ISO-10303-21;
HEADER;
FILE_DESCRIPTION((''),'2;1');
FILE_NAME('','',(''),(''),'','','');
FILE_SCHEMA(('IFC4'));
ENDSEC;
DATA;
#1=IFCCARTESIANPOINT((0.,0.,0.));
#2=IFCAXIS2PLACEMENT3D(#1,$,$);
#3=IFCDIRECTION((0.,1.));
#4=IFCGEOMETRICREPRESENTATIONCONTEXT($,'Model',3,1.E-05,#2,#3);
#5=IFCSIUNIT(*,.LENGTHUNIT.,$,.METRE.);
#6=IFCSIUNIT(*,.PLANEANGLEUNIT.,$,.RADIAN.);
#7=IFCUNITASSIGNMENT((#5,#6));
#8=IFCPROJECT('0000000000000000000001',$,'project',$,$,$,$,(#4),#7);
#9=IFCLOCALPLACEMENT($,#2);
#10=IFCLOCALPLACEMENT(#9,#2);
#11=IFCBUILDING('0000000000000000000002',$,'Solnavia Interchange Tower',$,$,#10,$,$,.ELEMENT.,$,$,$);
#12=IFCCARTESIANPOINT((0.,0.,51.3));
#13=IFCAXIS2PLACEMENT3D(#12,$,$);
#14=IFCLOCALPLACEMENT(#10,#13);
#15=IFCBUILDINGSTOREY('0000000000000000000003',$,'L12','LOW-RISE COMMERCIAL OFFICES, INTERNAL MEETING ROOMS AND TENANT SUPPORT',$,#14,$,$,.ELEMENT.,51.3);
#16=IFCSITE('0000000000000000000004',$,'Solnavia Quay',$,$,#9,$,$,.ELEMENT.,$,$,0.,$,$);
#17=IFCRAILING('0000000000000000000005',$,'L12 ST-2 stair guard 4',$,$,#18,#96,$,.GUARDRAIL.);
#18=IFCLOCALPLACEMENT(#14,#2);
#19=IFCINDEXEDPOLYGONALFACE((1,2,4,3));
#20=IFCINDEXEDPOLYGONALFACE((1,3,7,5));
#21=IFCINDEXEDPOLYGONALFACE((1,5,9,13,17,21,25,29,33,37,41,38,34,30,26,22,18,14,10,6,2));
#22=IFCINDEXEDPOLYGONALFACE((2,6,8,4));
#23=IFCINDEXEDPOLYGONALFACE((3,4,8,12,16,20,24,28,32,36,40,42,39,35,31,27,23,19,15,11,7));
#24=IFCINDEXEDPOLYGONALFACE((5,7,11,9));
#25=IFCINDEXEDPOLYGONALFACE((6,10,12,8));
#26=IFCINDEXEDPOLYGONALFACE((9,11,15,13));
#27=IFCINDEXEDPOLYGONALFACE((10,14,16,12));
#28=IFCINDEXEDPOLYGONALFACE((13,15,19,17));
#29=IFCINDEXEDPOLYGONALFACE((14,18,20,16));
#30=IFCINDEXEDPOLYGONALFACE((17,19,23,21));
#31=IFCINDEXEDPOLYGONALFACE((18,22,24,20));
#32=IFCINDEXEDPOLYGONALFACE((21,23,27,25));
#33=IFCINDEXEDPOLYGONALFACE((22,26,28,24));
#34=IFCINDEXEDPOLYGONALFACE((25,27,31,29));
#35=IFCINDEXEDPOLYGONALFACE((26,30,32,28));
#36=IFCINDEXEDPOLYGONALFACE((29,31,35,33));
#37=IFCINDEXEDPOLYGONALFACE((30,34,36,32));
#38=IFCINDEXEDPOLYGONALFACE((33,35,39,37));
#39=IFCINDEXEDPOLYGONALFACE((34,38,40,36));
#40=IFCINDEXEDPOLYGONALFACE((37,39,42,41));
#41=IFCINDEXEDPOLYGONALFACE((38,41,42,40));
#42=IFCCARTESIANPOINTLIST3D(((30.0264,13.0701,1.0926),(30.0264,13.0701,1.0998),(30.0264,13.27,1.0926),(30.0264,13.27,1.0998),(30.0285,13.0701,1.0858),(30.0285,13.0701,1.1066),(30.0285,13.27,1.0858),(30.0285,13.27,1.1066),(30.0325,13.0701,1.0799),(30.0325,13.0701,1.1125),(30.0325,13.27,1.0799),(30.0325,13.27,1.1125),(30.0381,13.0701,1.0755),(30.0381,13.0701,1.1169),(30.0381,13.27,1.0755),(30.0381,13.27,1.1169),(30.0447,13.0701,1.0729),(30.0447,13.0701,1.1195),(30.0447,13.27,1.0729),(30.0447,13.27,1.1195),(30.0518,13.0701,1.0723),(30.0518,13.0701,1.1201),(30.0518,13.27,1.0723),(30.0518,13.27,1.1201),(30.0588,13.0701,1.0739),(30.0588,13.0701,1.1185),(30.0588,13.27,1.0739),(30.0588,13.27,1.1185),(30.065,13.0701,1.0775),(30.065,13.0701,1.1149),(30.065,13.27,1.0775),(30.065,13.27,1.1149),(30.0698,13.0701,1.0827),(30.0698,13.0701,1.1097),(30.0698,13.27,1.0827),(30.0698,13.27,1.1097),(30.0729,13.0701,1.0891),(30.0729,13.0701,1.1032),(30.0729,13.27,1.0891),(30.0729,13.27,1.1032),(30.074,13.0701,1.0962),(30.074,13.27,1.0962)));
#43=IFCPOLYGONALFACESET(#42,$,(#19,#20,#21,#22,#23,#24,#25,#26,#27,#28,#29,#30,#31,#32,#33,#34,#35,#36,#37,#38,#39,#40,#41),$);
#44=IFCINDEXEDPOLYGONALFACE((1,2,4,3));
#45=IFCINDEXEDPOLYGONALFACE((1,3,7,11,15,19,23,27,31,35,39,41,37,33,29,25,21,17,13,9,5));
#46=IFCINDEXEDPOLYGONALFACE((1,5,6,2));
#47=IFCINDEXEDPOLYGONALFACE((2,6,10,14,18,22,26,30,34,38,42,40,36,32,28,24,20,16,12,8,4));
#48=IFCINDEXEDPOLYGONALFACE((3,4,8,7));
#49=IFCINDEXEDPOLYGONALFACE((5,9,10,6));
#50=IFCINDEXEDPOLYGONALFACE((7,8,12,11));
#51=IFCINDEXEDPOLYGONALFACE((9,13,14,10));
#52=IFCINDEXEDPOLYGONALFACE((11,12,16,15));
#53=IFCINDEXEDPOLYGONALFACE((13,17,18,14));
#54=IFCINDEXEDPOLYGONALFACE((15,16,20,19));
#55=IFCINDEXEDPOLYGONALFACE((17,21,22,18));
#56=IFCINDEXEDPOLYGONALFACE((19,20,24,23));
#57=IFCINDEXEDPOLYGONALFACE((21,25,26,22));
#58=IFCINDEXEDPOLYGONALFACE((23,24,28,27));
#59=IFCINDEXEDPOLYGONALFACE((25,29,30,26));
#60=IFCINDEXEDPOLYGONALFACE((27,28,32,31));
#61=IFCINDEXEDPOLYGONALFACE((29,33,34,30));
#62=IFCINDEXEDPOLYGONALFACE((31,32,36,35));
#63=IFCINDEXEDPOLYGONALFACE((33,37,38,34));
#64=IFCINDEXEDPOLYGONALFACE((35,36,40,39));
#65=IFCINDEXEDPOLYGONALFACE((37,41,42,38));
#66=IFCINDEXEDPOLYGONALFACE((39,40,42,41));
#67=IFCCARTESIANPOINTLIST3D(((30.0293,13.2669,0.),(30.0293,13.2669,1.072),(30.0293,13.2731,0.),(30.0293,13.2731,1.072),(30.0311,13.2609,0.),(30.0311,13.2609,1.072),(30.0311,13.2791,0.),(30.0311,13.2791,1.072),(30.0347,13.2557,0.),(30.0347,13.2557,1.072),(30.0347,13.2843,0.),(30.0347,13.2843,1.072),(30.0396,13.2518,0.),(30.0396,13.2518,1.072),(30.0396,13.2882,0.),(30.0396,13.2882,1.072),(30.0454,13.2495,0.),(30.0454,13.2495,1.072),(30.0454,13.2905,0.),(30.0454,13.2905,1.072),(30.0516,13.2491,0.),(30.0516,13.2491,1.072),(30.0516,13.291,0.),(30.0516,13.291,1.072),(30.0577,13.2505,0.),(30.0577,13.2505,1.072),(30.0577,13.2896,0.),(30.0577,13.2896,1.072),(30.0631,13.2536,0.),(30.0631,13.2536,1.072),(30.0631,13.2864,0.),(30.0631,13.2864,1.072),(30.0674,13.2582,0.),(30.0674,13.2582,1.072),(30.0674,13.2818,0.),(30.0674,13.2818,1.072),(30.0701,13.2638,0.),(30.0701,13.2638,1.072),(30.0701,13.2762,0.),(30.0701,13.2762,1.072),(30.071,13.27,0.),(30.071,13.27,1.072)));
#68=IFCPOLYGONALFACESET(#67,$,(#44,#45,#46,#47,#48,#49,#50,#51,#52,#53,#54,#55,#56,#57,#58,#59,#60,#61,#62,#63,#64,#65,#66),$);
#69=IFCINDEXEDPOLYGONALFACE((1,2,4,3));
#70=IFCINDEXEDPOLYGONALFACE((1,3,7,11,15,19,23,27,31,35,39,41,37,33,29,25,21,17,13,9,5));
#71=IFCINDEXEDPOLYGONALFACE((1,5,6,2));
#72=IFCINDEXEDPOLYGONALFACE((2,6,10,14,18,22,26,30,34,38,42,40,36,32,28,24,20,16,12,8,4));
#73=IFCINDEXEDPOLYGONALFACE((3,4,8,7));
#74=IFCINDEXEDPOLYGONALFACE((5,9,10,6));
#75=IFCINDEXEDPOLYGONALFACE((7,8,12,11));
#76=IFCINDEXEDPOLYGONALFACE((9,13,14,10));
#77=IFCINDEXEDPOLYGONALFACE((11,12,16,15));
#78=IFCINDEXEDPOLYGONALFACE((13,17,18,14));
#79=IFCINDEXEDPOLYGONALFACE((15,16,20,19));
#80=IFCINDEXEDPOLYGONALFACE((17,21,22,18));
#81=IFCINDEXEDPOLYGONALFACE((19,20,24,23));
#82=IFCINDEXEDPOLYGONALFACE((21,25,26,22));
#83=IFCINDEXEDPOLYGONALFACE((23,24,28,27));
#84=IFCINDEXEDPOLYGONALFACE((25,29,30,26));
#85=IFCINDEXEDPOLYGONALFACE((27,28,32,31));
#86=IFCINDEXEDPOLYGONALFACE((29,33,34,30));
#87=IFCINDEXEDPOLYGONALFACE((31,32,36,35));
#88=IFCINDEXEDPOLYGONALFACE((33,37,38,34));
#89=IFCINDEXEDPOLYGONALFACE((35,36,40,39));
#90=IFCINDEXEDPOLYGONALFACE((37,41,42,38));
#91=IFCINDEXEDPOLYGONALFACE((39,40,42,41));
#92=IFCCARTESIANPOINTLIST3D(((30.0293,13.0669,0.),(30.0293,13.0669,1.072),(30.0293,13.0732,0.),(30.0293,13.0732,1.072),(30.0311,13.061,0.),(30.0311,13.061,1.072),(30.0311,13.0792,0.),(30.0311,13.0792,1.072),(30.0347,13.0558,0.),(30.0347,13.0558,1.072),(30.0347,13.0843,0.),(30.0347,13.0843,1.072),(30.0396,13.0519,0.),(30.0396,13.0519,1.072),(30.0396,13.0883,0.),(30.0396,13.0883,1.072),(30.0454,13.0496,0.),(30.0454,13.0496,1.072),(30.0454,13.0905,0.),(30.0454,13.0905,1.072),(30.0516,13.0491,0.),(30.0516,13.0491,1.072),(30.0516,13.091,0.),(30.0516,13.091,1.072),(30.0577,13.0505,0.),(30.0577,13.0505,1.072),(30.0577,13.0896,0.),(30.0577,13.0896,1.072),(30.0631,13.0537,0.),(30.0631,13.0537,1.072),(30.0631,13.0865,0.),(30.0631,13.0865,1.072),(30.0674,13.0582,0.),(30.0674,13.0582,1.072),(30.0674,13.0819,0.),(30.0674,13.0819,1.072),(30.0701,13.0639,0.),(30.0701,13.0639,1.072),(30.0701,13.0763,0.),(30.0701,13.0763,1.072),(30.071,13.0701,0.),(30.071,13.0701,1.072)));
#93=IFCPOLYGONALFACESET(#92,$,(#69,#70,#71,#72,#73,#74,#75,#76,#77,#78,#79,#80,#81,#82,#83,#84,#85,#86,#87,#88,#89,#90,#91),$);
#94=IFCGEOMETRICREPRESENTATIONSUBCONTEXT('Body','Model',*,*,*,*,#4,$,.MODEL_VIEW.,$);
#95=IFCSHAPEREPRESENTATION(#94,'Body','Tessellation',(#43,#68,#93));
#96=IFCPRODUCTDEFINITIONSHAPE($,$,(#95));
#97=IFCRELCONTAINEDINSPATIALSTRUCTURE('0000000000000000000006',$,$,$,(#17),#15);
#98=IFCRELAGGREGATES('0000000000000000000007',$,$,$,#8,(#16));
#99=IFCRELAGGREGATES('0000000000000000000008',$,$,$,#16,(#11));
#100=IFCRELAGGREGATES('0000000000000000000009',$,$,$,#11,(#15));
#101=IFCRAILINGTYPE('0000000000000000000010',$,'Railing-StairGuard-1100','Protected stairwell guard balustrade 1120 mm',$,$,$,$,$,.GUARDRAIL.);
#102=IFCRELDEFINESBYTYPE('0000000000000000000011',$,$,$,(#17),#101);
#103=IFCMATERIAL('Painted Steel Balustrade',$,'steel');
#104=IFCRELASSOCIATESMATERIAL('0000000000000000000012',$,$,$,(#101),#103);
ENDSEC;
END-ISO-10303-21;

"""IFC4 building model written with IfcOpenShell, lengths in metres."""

from ifc_helpers import new_model, si_unit, direction, frame, origin, origin_2d, place, context, subcontext, project, spatial, circle, extrude, material, type_object, element, save


model = new_model("IFC4")

# Units and contexts
model_context = context("Model", 3, precision=1e-05, world=origin(), true_north=direction((0.0, 1.0)))
body_context = subcontext(model_context, "Body", "Model", "MODEL_VIEW")
ifc_project = project(units=[si_unit("LENGTHUNIT", "METRE"), si_unit("PLANEANGLEUNIT", "RADIAN")], contexts=[model_context])

# Site, building, storey
site_placement = place(None, origin())
site = spatial("IfcSite", under=ifc_project, at=site_placement, Name="Solnavia Quay", CompositionType="ELEMENT", RefElevation=0.0)
building_placement = place(site_placement, origin())
building = spatial("IfcBuilding", under=site, at=building_placement, Name="Solnavia Interchange Tower", CompositionType="ELEMENT")
storey_placement = place(building_placement, frame((0.0, 0.0, 51.3)))
storey = spatial("IfcBuildingStorey", under=building, at=storey_placement, Name="L12", Description="LOW-RISE COMMERCIAL OFFICES, INTERNAL MEETING ROOMS AND TENANT SUPPORT", CompositionType="ELEMENT", Elevation=51.3)

# Railing
ifc_material_1 = material(Name="Painted Steel Balustrade", Category="steel")
railing_type_1 = type_object("IfcRailingType", Name="Railing-StairGuard-1100", Description="Protected stairwell guard balustrade 1120 mm", PredefinedType="GUARDRAIL", material=ifc_material_1)
railing_1_placement = place(storey_placement, frame((30.05, 13.27, 0.0)))
element("IfcRailing", 1, at=railing_1_placement, inside=storey, type_object=railing_type_1, Name="L12 ST-2 stair guard 4", PredefinedType="GUARDRAIL", context=body_context, shape_type="SweptSolid", body=[
    extrude(circle(Radius=0.0239, at=origin_2d()), frame((0.0, 0.0, 1.0962), z_axis=(0.0, -1.0, 0.0), x_axis=(1.0, 0.0, 0.0)), (0.0, 0.0, 1.0), 0.2),
    extrude(circle(Radius=0.021, at=origin_2d()), origin(), (0.0, 0.0, 1.0), 1.072),
    extrude(circle(Radius=0.021, at=origin_2d()), frame((0.0, -0.2, 0.0)), (0.0, 0.0, 1.0), 1.072),
])

save(model, "model.ifc")
